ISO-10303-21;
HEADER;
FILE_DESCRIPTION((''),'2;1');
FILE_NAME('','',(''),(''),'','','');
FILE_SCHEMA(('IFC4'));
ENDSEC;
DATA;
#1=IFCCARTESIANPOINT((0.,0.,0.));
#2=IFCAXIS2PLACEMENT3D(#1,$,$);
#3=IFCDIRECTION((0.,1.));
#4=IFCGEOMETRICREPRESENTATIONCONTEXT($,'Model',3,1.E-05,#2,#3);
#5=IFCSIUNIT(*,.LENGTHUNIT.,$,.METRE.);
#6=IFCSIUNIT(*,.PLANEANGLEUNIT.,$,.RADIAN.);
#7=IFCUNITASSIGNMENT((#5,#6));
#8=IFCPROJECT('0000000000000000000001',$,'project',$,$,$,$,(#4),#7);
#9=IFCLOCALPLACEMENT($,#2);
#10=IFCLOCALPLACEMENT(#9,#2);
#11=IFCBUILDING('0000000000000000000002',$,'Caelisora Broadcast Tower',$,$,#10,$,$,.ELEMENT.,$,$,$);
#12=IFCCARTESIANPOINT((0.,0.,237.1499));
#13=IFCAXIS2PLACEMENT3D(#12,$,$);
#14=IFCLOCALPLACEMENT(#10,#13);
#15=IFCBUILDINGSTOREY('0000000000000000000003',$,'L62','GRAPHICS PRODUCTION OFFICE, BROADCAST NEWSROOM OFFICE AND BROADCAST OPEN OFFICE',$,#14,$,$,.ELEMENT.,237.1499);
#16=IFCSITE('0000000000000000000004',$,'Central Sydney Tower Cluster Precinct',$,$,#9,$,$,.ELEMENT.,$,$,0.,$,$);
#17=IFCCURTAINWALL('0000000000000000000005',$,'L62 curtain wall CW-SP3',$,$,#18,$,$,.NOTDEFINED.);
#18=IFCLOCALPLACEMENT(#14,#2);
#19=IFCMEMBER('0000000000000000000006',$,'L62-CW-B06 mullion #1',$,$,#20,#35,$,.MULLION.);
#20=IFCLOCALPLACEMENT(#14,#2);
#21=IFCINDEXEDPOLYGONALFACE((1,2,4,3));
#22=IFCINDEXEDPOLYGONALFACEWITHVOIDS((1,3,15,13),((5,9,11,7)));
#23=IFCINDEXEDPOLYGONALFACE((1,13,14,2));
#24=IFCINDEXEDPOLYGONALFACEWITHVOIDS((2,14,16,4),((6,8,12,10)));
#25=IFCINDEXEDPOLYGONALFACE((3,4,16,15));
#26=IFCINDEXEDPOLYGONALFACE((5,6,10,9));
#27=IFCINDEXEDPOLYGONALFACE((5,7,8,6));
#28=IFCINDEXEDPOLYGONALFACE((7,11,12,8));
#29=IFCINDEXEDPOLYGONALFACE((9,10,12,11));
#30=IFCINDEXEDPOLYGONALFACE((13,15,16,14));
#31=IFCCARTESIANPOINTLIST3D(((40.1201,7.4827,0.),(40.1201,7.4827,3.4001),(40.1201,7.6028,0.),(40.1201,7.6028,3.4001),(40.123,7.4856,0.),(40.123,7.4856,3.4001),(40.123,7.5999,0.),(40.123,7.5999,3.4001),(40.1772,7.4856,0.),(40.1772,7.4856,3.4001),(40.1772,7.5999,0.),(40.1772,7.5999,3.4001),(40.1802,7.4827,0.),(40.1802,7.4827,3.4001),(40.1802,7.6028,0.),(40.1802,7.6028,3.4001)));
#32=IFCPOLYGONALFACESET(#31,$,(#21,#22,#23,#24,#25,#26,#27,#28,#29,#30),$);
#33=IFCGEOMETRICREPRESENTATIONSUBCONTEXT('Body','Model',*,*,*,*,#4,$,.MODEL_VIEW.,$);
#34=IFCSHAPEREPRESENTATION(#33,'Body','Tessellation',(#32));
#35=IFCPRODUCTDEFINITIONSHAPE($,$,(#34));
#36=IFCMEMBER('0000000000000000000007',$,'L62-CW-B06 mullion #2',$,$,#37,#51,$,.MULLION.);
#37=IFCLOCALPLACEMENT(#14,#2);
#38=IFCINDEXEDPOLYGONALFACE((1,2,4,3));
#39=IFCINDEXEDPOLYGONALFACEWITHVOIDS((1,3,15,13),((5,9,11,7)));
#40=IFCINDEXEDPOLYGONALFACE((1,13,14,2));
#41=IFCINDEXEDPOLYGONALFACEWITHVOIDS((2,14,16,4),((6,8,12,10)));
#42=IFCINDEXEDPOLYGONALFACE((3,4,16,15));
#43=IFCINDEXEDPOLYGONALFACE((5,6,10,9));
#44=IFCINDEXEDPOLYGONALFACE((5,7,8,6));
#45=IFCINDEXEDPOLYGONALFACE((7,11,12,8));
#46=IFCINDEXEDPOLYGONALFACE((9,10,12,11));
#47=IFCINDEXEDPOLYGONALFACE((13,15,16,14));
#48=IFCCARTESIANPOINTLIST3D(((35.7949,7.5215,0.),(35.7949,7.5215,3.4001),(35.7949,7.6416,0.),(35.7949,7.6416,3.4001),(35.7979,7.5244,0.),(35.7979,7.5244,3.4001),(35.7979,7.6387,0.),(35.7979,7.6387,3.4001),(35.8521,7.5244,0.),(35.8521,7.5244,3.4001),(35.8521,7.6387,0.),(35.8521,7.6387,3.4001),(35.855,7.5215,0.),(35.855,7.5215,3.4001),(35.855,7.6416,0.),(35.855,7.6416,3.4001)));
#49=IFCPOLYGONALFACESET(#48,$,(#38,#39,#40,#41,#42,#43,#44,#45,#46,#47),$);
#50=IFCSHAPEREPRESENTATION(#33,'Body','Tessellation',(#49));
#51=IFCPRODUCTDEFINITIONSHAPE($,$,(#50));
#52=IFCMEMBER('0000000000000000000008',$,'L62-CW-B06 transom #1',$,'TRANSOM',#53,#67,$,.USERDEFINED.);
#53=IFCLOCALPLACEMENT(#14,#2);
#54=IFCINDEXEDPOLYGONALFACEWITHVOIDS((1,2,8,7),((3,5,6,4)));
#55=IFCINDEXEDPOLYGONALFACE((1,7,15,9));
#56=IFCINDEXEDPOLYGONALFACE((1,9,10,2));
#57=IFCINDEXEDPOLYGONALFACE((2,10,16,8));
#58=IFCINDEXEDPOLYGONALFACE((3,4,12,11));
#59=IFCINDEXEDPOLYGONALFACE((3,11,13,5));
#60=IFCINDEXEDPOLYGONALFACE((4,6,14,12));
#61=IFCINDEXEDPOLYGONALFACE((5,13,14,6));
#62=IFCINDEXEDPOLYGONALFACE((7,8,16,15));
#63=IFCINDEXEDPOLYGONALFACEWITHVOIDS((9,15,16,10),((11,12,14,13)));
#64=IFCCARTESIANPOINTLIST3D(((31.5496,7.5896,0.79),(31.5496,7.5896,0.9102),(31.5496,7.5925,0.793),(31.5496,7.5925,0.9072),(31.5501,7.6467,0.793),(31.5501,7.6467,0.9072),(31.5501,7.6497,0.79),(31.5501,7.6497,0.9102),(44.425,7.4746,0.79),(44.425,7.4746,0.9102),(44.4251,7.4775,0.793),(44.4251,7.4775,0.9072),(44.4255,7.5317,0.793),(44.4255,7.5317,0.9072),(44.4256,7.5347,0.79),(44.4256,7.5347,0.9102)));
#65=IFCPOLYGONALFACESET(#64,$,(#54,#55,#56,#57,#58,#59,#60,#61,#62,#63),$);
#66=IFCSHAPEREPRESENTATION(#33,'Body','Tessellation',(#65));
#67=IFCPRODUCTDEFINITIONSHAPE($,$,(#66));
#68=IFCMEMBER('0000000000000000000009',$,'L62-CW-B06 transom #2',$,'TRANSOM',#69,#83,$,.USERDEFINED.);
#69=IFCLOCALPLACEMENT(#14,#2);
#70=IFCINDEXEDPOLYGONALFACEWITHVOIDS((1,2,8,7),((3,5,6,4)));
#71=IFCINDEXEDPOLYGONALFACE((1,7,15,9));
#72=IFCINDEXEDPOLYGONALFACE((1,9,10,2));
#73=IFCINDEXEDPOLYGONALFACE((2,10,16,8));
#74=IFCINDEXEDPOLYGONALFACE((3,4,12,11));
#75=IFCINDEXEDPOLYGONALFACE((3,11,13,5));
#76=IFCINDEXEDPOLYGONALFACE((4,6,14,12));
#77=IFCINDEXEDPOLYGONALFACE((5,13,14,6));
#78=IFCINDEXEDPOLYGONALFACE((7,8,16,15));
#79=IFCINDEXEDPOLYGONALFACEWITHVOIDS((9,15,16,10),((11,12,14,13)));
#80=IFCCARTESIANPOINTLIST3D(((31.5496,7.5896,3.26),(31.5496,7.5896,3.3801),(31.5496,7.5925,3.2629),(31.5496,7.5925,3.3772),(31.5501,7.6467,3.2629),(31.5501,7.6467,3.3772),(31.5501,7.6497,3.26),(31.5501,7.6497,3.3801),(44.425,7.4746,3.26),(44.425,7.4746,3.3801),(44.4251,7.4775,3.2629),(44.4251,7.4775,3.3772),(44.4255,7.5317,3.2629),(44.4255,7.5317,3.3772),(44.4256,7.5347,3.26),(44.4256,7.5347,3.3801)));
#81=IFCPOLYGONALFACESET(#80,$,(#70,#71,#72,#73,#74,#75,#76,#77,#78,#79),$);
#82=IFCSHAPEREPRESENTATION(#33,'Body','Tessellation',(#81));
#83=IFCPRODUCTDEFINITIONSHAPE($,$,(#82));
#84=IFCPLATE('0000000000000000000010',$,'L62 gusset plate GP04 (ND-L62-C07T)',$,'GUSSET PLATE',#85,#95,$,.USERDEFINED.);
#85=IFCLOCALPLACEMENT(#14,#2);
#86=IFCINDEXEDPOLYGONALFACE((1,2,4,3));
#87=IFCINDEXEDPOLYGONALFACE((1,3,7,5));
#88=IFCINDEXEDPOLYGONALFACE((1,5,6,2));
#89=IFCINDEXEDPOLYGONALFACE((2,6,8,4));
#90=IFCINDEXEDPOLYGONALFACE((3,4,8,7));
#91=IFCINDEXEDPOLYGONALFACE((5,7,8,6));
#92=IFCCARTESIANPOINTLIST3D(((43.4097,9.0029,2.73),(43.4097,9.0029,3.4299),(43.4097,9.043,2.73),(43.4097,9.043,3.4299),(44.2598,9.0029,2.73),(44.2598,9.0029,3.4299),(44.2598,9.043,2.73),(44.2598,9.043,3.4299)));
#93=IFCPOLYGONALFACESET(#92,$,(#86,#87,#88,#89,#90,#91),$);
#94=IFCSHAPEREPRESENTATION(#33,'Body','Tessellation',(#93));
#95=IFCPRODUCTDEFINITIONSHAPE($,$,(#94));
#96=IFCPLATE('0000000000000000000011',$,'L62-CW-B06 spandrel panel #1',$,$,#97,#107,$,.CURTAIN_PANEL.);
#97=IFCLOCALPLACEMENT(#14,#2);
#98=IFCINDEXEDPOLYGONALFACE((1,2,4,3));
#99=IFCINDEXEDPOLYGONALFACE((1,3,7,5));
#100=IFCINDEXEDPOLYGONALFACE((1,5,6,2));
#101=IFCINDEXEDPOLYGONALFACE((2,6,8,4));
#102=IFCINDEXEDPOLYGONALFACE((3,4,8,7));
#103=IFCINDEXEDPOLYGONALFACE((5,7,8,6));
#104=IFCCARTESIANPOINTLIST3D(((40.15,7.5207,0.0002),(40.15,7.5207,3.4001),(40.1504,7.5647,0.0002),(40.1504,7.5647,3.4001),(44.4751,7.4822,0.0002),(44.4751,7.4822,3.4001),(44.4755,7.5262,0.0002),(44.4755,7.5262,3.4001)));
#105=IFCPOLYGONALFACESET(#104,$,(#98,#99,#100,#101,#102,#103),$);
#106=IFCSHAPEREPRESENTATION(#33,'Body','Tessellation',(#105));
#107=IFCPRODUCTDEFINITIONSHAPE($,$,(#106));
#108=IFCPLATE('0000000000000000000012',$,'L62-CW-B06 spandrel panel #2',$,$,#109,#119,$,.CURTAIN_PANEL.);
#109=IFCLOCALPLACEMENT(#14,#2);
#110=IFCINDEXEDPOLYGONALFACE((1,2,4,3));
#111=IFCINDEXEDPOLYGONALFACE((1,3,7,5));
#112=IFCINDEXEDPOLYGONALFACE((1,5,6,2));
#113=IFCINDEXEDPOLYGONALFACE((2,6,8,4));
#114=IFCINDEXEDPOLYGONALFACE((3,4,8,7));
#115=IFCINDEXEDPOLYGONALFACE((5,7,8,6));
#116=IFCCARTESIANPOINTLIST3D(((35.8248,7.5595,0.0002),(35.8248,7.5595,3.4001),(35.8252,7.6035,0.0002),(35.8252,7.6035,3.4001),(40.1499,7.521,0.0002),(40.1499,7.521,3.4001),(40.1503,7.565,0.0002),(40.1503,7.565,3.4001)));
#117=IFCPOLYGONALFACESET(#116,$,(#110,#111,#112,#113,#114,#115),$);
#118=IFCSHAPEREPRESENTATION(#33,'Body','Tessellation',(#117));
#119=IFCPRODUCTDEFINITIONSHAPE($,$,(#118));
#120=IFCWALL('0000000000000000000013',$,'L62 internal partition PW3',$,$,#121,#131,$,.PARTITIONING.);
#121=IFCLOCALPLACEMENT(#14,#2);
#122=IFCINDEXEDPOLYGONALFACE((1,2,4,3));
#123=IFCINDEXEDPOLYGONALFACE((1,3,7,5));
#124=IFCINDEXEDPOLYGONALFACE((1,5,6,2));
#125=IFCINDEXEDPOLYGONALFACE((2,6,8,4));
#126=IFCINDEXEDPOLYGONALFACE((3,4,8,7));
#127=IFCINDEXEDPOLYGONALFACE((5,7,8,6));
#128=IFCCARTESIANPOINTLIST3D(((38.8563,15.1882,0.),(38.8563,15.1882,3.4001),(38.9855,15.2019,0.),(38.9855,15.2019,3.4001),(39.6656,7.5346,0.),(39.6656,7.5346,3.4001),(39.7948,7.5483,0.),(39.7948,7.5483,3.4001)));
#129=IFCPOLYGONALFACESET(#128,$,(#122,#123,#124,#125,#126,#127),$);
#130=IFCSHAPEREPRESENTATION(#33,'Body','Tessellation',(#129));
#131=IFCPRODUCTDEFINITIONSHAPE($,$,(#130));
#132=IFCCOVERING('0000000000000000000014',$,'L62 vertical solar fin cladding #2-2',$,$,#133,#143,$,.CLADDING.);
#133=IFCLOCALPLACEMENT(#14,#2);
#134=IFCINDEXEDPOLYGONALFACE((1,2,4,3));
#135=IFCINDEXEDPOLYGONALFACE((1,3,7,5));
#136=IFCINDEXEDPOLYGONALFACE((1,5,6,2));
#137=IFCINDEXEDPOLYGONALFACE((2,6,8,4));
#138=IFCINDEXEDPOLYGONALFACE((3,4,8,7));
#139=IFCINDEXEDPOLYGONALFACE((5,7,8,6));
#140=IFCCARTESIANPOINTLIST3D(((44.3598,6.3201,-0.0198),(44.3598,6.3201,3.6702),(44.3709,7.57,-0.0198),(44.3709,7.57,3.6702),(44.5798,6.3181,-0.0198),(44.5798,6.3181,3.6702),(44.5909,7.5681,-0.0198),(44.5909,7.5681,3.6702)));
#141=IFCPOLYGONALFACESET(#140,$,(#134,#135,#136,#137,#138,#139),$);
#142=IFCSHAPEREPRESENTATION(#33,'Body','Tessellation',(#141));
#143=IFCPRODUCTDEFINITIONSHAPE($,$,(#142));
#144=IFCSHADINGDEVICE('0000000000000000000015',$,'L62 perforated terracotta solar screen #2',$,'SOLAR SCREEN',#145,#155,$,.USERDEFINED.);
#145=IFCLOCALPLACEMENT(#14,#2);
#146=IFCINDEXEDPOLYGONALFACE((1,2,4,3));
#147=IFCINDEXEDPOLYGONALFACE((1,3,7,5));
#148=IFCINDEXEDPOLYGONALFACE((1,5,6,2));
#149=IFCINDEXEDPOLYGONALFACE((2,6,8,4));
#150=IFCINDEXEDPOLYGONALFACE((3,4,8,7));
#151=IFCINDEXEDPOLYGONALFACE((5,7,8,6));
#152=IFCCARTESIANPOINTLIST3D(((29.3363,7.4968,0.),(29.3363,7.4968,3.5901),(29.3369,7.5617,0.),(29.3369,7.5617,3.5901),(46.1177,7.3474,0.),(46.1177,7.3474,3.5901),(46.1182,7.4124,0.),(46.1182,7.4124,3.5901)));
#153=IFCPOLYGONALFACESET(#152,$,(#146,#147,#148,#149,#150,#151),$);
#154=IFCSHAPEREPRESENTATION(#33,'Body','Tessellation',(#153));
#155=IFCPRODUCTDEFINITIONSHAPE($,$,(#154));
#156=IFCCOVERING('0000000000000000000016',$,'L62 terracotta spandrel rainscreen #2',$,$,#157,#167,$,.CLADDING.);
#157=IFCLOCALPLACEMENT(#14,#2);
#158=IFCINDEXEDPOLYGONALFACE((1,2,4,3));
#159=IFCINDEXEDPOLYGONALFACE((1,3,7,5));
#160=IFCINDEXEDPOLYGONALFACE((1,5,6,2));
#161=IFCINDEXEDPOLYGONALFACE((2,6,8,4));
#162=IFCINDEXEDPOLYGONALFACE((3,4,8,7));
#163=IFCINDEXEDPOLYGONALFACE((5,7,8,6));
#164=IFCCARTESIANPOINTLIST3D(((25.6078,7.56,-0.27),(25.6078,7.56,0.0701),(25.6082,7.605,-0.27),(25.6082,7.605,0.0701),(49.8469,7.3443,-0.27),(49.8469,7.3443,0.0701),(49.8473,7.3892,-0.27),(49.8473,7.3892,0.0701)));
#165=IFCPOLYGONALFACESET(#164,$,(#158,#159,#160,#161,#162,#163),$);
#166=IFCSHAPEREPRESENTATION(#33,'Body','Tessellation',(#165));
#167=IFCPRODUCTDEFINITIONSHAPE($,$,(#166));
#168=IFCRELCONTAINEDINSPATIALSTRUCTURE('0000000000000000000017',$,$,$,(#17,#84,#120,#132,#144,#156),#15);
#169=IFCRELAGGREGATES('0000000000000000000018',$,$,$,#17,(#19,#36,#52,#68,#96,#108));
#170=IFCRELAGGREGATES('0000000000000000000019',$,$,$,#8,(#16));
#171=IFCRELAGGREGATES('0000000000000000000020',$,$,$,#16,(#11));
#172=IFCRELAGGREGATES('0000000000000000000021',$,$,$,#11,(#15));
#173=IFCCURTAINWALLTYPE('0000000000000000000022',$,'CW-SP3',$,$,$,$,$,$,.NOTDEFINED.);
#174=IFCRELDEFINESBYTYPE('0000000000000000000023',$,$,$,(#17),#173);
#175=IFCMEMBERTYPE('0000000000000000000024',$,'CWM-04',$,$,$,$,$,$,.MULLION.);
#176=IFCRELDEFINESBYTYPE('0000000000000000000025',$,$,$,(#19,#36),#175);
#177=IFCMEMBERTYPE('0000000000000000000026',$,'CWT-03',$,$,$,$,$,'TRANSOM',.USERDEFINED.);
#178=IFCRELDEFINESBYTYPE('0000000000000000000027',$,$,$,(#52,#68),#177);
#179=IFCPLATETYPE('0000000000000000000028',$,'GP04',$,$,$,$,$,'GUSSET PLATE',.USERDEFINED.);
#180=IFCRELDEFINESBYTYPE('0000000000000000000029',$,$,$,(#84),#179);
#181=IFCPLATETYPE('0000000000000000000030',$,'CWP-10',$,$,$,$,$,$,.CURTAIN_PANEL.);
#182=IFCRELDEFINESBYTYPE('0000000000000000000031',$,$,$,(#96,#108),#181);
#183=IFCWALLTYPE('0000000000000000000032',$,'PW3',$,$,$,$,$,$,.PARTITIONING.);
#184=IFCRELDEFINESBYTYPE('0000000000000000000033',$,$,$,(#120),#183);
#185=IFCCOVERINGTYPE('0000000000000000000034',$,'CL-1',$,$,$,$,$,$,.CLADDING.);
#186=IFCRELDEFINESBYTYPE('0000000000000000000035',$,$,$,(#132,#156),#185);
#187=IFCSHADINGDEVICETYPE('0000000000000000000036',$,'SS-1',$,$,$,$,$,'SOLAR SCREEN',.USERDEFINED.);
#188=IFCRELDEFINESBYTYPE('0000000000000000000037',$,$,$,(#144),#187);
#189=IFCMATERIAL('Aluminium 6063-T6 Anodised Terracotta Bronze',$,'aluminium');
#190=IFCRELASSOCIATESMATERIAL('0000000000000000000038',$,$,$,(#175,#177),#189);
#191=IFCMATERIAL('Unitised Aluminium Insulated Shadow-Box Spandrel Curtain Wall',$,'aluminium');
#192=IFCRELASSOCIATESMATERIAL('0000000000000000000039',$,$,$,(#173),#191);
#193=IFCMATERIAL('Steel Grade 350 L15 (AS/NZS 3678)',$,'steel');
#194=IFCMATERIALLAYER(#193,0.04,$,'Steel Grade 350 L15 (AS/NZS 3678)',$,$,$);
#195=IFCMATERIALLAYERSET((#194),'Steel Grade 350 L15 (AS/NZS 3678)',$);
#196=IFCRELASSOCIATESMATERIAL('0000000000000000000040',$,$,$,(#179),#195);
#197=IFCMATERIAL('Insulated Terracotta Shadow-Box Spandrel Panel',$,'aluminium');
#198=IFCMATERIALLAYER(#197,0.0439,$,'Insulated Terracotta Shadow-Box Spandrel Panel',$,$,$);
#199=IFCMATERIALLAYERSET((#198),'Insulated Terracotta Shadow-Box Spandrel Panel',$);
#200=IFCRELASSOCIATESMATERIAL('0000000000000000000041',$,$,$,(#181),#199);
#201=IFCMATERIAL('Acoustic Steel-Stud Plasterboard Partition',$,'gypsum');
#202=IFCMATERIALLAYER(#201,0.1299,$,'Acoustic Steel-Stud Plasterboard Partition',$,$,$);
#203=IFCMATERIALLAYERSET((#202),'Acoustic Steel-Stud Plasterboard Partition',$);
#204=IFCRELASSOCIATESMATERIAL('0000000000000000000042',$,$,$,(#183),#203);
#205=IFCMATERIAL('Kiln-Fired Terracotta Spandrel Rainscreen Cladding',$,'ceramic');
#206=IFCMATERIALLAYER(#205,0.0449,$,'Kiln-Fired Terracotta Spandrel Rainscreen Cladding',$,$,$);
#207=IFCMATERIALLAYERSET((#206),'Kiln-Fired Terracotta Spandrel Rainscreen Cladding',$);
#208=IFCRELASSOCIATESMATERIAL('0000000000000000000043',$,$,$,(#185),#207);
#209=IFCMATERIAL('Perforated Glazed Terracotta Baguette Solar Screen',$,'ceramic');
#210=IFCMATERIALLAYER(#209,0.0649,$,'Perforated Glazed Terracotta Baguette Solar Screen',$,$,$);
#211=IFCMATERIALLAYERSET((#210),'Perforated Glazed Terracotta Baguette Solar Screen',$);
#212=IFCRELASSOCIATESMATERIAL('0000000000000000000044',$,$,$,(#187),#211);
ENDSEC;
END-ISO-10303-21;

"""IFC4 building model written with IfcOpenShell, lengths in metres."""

from ifc_helpers import new_model, si_unit, direction, frame, frame_2d, origin, origin_2d, place, context, subcontext, project, spatial, rectangle, hollow_rectangle, extrude, source, transform, mapped, material, layer, layer_set, material_profile, profile_set, type_object, type_shapes, element, aggregate, save


model = new_model("IFC4")

# Units and contexts
model_context = context("Model", 3, precision=1e-05, world=origin(), true_north=direction((0.0, 1.0)))
body_context = subcontext(model_context, "Body", "Model", "MODEL_VIEW")
ifc_project = project(units=[si_unit("LENGTHUNIT", "METRE"), si_unit("PLANEANGLEUNIT", "RADIAN")], contexts=[model_context])

# Site, building, storey
site_placement = place(None, origin())
site = spatial("IfcSite", under=ifc_project, at=site_placement, Name="Central Sydney Tower Cluster Precinct", CompositionType="ELEMENT", RefElevation=0.0)
building_placement = place(site_placement, origin())
building = spatial("IfcBuilding", under=site, at=building_placement, Name="Caelisora Broadcast Tower", CompositionType="ELEMENT")
storey_placement = place(building_placement, frame((0.0, 0.0, 237.1499)))
storey = spatial("IfcBuildingStorey", under=building, at=storey_placement, Name="L62", Description="GRAPHICS PRODUCTION OFFICE, BROADCAST NEWSROOM OFFICE AND BROADCAST OPEN OFFICE", CompositionType="ELEMENT", Elevation=237.1499)

# Shared definitions
ifc_material_1 = material(Name="Steel Grade 350 L15 (AS/NZS 3678)", Category="steel")

# Shared definitions
ifc_material_2 = material(Name="Aluminium 6063-T6 Anodised Terracotta Bronze", Category="aluminium")
ifc_material_profile_1 = material_profile(ifc_material_2, hollow_rectangle(XDim=0.0601, YDim=0.1201, WallThickness=0.0029, at=origin_2d()), Name="Aluminium 6063-T6 Anodised Terracotta Bronze")
ifc_profile_set_1 = profile_set([ifc_material_profile_1], Name="Aluminium 6063-T6 Anodised Terracotta Bronze")
member_type_1 = type_object("IfcMemberType", Name="CWM-04", PredefinedType="MULLION", material=ifc_profile_set_1)
shared_shape_1 = source(origin(), body_context, "Body", "SweptSolid", [
    extrude(hollow_rectangle(XDim=0.0601, YDim=0.1201, WallThickness=0.0029, at=origin_2d()), origin(), (0.0, 0.0, 1.0), 3.4001),
])
type_shapes(member_type_1, [shared_shape_1])

# Curtain wall, members
ifc_material_3 = material(Name="Unitised Aluminium Insulated Shadow-Box Spandrel Curtain Wall", Category="aluminium")
curtain_wall_type_1 = type_object("IfcCurtainWallType", Name="CW-SP3", PredefinedType="NOTDEFINED", material=ifc_material_3)
curtain_wall_1_placement = place(storey_placement, origin())
curtain_wall_1 = element("IfcCurtainWall", 1, at=curtain_wall_1_placement, inside=storey, type_object=curtain_wall_type_1, Name="L62 curtain wall CW-SP3", PredefinedType="NOTDEFINED")
member_1_placement = place(storey_placement, frame((40.1501, 7.5427, 0.0), z_axis=(0.0, 0.0, 1.0), x_axis=(1.0, 0.0, 0.0)))
member_1 = element("IfcMember", 2, at=member_1_placement, type_object=member_type_1, Name="L62-CW-B06 mullion #1", PredefinedType="MULLION", context=body_context, shape_type="MappedRepresentation", body=[
    mapped(shared_shape_1, transform((0.0, 0.0, 0.0), scale=1.0)),
])
member_2_placement = place(storey_placement, frame((35.825, 7.5815, 0.0), z_axis=(0.0, 0.0, 1.0), x_axis=(1.0, 0.0, 0.0)))
member_2 = element("IfcMember", 3, at=member_2_placement, type_object=member_type_1, Name="L62-CW-B06 mullion #2", PredefinedType="MULLION", context=body_context, shape_type="MappedRepresentation", body=[
    mapped(shared_shape_1, transform((0.0, 0.0, 0.0), scale=1.0)),
])
ifc_material_profile_2 = material_profile(ifc_material_2, hollow_rectangle(XDim=0.0601, YDim=0.1201, WallThickness=0.0029, at=origin_2d()), Name="Aluminium 6063-T6 Anodised Terracotta Bronze")
ifc_profile_set_2 = profile_set([ifc_material_profile_2], Name="Aluminium 6063-T6 Anodised Terracotta Bronze")
member_type_2 = type_object("IfcMemberType", Name="CWT-03", ElementType="TRANSOM", PredefinedType="USERDEFINED", material=ifc_profile_set_2)
shared_shape_2 = source(origin(), body_context, "Body", "SweptSolid", [
    extrude(hollow_rectangle(XDim=0.0601, YDim=0.1201, WallThickness=0.0029, at=origin_2d()), origin(), (0.0, 0.0, 1.0), 12.876),
])
type_shapes(member_type_2, [shared_shape_2])
member_3_placement = place(storey_placement, frame((44.4253, 7.5046, 0.8501), z_axis=(-0.99996, 0.008931, 0.0), x_axis=(-0.008931, -0.99996, 0.0)))
member_3 = element("IfcMember", 4, at=member_3_placement, type_object=member_type_2, Name="L62-CW-B06 transom #1", ObjectType="TRANSOM", PredefinedType="USERDEFINED", context=body_context, shape_type="MappedRepresentation", body=[
    mapped(shared_shape_2, transform((0.0, 0.0, 0.0), scale=1.0)),
])
member_4_placement = place(storey_placement, frame((44.4253, 7.5046, 3.3201), z_axis=(-0.99996, 0.008931, 0.0), x_axis=(-0.008931, -0.99996, 0.0)))
member_4 = element("IfcMember", 5, at=member_4_placement, type_object=member_type_2, Name="L62-CW-B06 transom #2", ObjectType="TRANSOM", PredefinedType="USERDEFINED", context=body_context, shape_type="MappedRepresentation", body=[
    mapped(shared_shape_2, transform((0.0, 0.0, 0.0), scale=1.0)),
])

# Plates
ifc_layer_1 = layer(ifc_material_1, 0.04, Name="Steel Grade 350 L15 (AS/NZS 3678)")
ifc_layer_set_1 = layer_set([ifc_layer_1], Name="Steel Grade 350 L15 (AS/NZS 3678)")
plate_type_1 = type_object("IfcPlateType", Name="GP04", ElementType="GUSSET PLATE", PredefinedType="USERDEFINED", material=ifc_layer_set_1)
shared_shape_3 = source(origin(), body_context, "Body", "SweptSolid", [
    extrude(rectangle(XDim=0.8501, YDim=0.04, at=origin_2d()), origin(), (0.0, 0.0, 1.0), 0.7),
])
type_shapes(plate_type_1, [shared_shape_3])
plate_1_placement = place(storey_placement, frame((43.8347, 9.0229, 2.73), z_axis=(0.0, 0.0, 1.0), x_axis=(1.0, 0.0, 0.0)))
element("IfcPlate", 6, at=plate_1_placement, inside=storey, type_object=plate_type_1, Name="L62 gusset plate GP04 (ND-L62-C07T)", ObjectType="GUSSET PLATE", PredefinedType="USERDEFINED", context=body_context, shape_type="MappedRepresentation", body=[
    mapped(shared_shape_3, transform((0.0, 0.0, 0.0), scale=1.0)),
])
ifc_material_4 = material(Name="Insulated Terracotta Shadow-Box Spandrel Panel", Category="aluminium")
ifc_layer_2 = layer(ifc_material_4, 0.0439, Name="Insulated Terracotta Shadow-Box Spandrel Panel")
ifc_layer_set_2 = layer_set([ifc_layer_2], Name="Insulated Terracotta Shadow-Box Spandrel Panel")
plate_type_2 = type_object("IfcPlateType", Name="CWP-10", PredefinedType="CURTAIN_PANEL", material=ifc_layer_set_2)
shared_shape_4 = source(origin(), body_context, "Body", "SweptSolid", [
    extrude(rectangle(XDim=4.3252, YDim=0.0439, at=origin_2d()), origin(), (0.0, 0.0, 1.0), 3.3999),
])
type_shapes(plate_type_2, [shared_shape_4])
plate_2_placement = place(storey_placement, frame((42.3127, 7.5234, 0.0002), z_axis=(0.0, 0.0, 1.0), x_axis=(-0.99996, 0.008901, 0.0)))
plate_2 = element("IfcPlate", 7, at=plate_2_placement, type_object=plate_type_2, Name="L62-CW-B06 spandrel panel #1", PredefinedType="CURTAIN_PANEL", context=body_context, shape_type="MappedRepresentation", body=[
    mapped(shared_shape_4, transform((0.0, 0.0, 0.0), scale=1.0)),
])
plate_3_placement = place(storey_placement, frame((37.9875, 7.5623, 0.0002), z_axis=(0.0, 0.0, 1.0), x_axis=(-0.99996, 0.008901, 0.0)))
plate_3 = element("IfcPlate", 8, at=plate_3_placement, type_object=plate_type_2, Name="L62-CW-B06 spandrel panel #2", PredefinedType="CURTAIN_PANEL", context=body_context, shape_type="MappedRepresentation", body=[
    mapped(shared_shape_4, transform((0.0, 0.0, 0.0), scale=1.0)),
])
aggregate(curtain_wall_1, [member_1, member_2, member_3, member_4, plate_2, plate_3])

# Wall
ifc_material_5 = material(Name="Acoustic Steel-Stud Plasterboard Partition", Category="gypsum")
ifc_layer_3 = layer(ifc_material_5, 0.1299, Name="Acoustic Steel-Stud Plasterboard Partition")
ifc_layer_set_3 = layer_set([ifc_layer_3], Name="Acoustic Steel-Stud Plasterboard Partition")
wall_type = type_object("IfcWallType", Name="PW3", PredefinedType="PARTITIONING", material=ifc_layer_set_3)
wall_placement = place(storey_placement, frame((38.9209, 15.1951, 0.0), z_axis=(0.0, 0.0, 1.0), x_axis=(0.105159, -0.994455, 0.0)))
element("IfcWall", 9, at=wall_placement, inside=storey, type_object=wall_type, Name="L62 internal partition PW3", PredefinedType="PARTITIONING", context=body_context, shape_type="SweptSolid", body=[
    extrude(rectangle(XDim=7.6963, YDim=0.1299, at=frame_2d((3.8481, 0.0))), origin(), (0.0, 0.0, 1.0), 3.4001),
])

# Covering
ifc_material_6 = material(Name="Kiln-Fired Terracotta Spandrel Rainscreen Cladding", Category="ceramic")
ifc_layer_4 = layer(ifc_material_6, 0.0449, Name="Kiln-Fired Terracotta Spandrel Rainscreen Cladding")
ifc_layer_set_4 = layer_set([ifc_layer_4], Name="Kiln-Fired Terracotta Spandrel Rainscreen Cladding")
covering_type = type_object("IfcCoveringType", Name="CL-1", PredefinedType="CLADDING", material=ifc_layer_set_4)
shared_shape_5 = source(origin(), body_context, "Body", "SweptSolid", [
    extrude(rectangle(XDim=0.22, YDim=1.25, at=origin_2d()), origin(), (0.0, 0.0, 1.0), 3.6899),
])
covering_1_placement = place(storey_placement, frame((44.4753, 6.9441, -0.0198), z_axis=(0.0, 0.0, 1.0), x_axis=(-0.99996, 0.008901, 0.0)))
element("IfcCovering", 10, at=covering_1_placement, inside=storey, type_object=covering_type, Name="L62 vertical solar fin cladding #2-2", PredefinedType="CLADDING", context=body_context, shape_type="MappedRepresentation", body=[
    mapped(shared_shape_5, transform((0.0, 0.0, 0.0), scale=1.0)),
])

# Shading device
ifc_material_7 = material(Name="Perforated Glazed Terracotta Baguette Solar Screen", Category="ceramic")
ifc_layer_5 = layer(ifc_material_7, 0.0649, Name="Perforated Glazed Terracotta Baguette Solar Screen")
ifc_layer_set_5 = layer_set([ifc_layer_5], Name="Perforated Glazed Terracotta Baguette Solar Screen")
shading_device_type = type_object("IfcShadingDeviceType", Name="SS-1", ElementType="SOLAR SCREEN", PredefinedType="USERDEFINED", material=ifc_layer_set_5)
shared_shape_6 = source(origin(), body_context, "Body", "SweptSolid", [
    extrude(rectangle(XDim=16.782, YDim=0.0649, at=origin_2d()), origin(), (0.0, 0.0, 1.0), 3.5901),
])
type_shapes(shading_device_type, [shared_shape_6])
shading_device_placement = place(storey_placement, frame((37.7273, 7.4546, 0.0), z_axis=(0.0, 0.0, 1.0), x_axis=(0.99996, -0.008901, 0.0)))
element("IfcShadingDevice", 11, at=shading_device_placement, inside=storey, type_object=shading_device_type, Name="L62 perforated terracotta solar screen #2", ObjectType="SOLAR SCREEN", PredefinedType="USERDEFINED", context=body_context, shape_type="MappedRepresentation", body=[
    mapped(shared_shape_6, transform((0.0, 0.0, 0.0), scale=1.0)),
])

# Covering
shared_shape_7 = source(origin(), body_context, "Body", "SweptSolid", [
    extrude(rectangle(XDim=24.24, YDim=0.0449, at=origin_2d()), origin(), (0.0, 0.0, 1.0), 0.3401),
])
type_shapes(covering_type, [shared_shape_5, shared_shape_7])
covering_2_placement = place(storey_placement, frame((37.7275, 7.4746, -0.27), z_axis=(0.0, 0.0, 1.0), x_axis=(0.99996, -0.008901, 0.0)))
element("IfcCovering", 12, at=covering_2_placement, inside=storey, type_object=covering_type, Name="L62 terracotta spandrel rainscreen #2", PredefinedType="CLADDING", context=body_context, shape_type="MappedRepresentation", body=[
    mapped(shared_shape_7, transform((0.0, 0.0, 0.0), scale=1.0)),
])

save(model, "model.ifc")
